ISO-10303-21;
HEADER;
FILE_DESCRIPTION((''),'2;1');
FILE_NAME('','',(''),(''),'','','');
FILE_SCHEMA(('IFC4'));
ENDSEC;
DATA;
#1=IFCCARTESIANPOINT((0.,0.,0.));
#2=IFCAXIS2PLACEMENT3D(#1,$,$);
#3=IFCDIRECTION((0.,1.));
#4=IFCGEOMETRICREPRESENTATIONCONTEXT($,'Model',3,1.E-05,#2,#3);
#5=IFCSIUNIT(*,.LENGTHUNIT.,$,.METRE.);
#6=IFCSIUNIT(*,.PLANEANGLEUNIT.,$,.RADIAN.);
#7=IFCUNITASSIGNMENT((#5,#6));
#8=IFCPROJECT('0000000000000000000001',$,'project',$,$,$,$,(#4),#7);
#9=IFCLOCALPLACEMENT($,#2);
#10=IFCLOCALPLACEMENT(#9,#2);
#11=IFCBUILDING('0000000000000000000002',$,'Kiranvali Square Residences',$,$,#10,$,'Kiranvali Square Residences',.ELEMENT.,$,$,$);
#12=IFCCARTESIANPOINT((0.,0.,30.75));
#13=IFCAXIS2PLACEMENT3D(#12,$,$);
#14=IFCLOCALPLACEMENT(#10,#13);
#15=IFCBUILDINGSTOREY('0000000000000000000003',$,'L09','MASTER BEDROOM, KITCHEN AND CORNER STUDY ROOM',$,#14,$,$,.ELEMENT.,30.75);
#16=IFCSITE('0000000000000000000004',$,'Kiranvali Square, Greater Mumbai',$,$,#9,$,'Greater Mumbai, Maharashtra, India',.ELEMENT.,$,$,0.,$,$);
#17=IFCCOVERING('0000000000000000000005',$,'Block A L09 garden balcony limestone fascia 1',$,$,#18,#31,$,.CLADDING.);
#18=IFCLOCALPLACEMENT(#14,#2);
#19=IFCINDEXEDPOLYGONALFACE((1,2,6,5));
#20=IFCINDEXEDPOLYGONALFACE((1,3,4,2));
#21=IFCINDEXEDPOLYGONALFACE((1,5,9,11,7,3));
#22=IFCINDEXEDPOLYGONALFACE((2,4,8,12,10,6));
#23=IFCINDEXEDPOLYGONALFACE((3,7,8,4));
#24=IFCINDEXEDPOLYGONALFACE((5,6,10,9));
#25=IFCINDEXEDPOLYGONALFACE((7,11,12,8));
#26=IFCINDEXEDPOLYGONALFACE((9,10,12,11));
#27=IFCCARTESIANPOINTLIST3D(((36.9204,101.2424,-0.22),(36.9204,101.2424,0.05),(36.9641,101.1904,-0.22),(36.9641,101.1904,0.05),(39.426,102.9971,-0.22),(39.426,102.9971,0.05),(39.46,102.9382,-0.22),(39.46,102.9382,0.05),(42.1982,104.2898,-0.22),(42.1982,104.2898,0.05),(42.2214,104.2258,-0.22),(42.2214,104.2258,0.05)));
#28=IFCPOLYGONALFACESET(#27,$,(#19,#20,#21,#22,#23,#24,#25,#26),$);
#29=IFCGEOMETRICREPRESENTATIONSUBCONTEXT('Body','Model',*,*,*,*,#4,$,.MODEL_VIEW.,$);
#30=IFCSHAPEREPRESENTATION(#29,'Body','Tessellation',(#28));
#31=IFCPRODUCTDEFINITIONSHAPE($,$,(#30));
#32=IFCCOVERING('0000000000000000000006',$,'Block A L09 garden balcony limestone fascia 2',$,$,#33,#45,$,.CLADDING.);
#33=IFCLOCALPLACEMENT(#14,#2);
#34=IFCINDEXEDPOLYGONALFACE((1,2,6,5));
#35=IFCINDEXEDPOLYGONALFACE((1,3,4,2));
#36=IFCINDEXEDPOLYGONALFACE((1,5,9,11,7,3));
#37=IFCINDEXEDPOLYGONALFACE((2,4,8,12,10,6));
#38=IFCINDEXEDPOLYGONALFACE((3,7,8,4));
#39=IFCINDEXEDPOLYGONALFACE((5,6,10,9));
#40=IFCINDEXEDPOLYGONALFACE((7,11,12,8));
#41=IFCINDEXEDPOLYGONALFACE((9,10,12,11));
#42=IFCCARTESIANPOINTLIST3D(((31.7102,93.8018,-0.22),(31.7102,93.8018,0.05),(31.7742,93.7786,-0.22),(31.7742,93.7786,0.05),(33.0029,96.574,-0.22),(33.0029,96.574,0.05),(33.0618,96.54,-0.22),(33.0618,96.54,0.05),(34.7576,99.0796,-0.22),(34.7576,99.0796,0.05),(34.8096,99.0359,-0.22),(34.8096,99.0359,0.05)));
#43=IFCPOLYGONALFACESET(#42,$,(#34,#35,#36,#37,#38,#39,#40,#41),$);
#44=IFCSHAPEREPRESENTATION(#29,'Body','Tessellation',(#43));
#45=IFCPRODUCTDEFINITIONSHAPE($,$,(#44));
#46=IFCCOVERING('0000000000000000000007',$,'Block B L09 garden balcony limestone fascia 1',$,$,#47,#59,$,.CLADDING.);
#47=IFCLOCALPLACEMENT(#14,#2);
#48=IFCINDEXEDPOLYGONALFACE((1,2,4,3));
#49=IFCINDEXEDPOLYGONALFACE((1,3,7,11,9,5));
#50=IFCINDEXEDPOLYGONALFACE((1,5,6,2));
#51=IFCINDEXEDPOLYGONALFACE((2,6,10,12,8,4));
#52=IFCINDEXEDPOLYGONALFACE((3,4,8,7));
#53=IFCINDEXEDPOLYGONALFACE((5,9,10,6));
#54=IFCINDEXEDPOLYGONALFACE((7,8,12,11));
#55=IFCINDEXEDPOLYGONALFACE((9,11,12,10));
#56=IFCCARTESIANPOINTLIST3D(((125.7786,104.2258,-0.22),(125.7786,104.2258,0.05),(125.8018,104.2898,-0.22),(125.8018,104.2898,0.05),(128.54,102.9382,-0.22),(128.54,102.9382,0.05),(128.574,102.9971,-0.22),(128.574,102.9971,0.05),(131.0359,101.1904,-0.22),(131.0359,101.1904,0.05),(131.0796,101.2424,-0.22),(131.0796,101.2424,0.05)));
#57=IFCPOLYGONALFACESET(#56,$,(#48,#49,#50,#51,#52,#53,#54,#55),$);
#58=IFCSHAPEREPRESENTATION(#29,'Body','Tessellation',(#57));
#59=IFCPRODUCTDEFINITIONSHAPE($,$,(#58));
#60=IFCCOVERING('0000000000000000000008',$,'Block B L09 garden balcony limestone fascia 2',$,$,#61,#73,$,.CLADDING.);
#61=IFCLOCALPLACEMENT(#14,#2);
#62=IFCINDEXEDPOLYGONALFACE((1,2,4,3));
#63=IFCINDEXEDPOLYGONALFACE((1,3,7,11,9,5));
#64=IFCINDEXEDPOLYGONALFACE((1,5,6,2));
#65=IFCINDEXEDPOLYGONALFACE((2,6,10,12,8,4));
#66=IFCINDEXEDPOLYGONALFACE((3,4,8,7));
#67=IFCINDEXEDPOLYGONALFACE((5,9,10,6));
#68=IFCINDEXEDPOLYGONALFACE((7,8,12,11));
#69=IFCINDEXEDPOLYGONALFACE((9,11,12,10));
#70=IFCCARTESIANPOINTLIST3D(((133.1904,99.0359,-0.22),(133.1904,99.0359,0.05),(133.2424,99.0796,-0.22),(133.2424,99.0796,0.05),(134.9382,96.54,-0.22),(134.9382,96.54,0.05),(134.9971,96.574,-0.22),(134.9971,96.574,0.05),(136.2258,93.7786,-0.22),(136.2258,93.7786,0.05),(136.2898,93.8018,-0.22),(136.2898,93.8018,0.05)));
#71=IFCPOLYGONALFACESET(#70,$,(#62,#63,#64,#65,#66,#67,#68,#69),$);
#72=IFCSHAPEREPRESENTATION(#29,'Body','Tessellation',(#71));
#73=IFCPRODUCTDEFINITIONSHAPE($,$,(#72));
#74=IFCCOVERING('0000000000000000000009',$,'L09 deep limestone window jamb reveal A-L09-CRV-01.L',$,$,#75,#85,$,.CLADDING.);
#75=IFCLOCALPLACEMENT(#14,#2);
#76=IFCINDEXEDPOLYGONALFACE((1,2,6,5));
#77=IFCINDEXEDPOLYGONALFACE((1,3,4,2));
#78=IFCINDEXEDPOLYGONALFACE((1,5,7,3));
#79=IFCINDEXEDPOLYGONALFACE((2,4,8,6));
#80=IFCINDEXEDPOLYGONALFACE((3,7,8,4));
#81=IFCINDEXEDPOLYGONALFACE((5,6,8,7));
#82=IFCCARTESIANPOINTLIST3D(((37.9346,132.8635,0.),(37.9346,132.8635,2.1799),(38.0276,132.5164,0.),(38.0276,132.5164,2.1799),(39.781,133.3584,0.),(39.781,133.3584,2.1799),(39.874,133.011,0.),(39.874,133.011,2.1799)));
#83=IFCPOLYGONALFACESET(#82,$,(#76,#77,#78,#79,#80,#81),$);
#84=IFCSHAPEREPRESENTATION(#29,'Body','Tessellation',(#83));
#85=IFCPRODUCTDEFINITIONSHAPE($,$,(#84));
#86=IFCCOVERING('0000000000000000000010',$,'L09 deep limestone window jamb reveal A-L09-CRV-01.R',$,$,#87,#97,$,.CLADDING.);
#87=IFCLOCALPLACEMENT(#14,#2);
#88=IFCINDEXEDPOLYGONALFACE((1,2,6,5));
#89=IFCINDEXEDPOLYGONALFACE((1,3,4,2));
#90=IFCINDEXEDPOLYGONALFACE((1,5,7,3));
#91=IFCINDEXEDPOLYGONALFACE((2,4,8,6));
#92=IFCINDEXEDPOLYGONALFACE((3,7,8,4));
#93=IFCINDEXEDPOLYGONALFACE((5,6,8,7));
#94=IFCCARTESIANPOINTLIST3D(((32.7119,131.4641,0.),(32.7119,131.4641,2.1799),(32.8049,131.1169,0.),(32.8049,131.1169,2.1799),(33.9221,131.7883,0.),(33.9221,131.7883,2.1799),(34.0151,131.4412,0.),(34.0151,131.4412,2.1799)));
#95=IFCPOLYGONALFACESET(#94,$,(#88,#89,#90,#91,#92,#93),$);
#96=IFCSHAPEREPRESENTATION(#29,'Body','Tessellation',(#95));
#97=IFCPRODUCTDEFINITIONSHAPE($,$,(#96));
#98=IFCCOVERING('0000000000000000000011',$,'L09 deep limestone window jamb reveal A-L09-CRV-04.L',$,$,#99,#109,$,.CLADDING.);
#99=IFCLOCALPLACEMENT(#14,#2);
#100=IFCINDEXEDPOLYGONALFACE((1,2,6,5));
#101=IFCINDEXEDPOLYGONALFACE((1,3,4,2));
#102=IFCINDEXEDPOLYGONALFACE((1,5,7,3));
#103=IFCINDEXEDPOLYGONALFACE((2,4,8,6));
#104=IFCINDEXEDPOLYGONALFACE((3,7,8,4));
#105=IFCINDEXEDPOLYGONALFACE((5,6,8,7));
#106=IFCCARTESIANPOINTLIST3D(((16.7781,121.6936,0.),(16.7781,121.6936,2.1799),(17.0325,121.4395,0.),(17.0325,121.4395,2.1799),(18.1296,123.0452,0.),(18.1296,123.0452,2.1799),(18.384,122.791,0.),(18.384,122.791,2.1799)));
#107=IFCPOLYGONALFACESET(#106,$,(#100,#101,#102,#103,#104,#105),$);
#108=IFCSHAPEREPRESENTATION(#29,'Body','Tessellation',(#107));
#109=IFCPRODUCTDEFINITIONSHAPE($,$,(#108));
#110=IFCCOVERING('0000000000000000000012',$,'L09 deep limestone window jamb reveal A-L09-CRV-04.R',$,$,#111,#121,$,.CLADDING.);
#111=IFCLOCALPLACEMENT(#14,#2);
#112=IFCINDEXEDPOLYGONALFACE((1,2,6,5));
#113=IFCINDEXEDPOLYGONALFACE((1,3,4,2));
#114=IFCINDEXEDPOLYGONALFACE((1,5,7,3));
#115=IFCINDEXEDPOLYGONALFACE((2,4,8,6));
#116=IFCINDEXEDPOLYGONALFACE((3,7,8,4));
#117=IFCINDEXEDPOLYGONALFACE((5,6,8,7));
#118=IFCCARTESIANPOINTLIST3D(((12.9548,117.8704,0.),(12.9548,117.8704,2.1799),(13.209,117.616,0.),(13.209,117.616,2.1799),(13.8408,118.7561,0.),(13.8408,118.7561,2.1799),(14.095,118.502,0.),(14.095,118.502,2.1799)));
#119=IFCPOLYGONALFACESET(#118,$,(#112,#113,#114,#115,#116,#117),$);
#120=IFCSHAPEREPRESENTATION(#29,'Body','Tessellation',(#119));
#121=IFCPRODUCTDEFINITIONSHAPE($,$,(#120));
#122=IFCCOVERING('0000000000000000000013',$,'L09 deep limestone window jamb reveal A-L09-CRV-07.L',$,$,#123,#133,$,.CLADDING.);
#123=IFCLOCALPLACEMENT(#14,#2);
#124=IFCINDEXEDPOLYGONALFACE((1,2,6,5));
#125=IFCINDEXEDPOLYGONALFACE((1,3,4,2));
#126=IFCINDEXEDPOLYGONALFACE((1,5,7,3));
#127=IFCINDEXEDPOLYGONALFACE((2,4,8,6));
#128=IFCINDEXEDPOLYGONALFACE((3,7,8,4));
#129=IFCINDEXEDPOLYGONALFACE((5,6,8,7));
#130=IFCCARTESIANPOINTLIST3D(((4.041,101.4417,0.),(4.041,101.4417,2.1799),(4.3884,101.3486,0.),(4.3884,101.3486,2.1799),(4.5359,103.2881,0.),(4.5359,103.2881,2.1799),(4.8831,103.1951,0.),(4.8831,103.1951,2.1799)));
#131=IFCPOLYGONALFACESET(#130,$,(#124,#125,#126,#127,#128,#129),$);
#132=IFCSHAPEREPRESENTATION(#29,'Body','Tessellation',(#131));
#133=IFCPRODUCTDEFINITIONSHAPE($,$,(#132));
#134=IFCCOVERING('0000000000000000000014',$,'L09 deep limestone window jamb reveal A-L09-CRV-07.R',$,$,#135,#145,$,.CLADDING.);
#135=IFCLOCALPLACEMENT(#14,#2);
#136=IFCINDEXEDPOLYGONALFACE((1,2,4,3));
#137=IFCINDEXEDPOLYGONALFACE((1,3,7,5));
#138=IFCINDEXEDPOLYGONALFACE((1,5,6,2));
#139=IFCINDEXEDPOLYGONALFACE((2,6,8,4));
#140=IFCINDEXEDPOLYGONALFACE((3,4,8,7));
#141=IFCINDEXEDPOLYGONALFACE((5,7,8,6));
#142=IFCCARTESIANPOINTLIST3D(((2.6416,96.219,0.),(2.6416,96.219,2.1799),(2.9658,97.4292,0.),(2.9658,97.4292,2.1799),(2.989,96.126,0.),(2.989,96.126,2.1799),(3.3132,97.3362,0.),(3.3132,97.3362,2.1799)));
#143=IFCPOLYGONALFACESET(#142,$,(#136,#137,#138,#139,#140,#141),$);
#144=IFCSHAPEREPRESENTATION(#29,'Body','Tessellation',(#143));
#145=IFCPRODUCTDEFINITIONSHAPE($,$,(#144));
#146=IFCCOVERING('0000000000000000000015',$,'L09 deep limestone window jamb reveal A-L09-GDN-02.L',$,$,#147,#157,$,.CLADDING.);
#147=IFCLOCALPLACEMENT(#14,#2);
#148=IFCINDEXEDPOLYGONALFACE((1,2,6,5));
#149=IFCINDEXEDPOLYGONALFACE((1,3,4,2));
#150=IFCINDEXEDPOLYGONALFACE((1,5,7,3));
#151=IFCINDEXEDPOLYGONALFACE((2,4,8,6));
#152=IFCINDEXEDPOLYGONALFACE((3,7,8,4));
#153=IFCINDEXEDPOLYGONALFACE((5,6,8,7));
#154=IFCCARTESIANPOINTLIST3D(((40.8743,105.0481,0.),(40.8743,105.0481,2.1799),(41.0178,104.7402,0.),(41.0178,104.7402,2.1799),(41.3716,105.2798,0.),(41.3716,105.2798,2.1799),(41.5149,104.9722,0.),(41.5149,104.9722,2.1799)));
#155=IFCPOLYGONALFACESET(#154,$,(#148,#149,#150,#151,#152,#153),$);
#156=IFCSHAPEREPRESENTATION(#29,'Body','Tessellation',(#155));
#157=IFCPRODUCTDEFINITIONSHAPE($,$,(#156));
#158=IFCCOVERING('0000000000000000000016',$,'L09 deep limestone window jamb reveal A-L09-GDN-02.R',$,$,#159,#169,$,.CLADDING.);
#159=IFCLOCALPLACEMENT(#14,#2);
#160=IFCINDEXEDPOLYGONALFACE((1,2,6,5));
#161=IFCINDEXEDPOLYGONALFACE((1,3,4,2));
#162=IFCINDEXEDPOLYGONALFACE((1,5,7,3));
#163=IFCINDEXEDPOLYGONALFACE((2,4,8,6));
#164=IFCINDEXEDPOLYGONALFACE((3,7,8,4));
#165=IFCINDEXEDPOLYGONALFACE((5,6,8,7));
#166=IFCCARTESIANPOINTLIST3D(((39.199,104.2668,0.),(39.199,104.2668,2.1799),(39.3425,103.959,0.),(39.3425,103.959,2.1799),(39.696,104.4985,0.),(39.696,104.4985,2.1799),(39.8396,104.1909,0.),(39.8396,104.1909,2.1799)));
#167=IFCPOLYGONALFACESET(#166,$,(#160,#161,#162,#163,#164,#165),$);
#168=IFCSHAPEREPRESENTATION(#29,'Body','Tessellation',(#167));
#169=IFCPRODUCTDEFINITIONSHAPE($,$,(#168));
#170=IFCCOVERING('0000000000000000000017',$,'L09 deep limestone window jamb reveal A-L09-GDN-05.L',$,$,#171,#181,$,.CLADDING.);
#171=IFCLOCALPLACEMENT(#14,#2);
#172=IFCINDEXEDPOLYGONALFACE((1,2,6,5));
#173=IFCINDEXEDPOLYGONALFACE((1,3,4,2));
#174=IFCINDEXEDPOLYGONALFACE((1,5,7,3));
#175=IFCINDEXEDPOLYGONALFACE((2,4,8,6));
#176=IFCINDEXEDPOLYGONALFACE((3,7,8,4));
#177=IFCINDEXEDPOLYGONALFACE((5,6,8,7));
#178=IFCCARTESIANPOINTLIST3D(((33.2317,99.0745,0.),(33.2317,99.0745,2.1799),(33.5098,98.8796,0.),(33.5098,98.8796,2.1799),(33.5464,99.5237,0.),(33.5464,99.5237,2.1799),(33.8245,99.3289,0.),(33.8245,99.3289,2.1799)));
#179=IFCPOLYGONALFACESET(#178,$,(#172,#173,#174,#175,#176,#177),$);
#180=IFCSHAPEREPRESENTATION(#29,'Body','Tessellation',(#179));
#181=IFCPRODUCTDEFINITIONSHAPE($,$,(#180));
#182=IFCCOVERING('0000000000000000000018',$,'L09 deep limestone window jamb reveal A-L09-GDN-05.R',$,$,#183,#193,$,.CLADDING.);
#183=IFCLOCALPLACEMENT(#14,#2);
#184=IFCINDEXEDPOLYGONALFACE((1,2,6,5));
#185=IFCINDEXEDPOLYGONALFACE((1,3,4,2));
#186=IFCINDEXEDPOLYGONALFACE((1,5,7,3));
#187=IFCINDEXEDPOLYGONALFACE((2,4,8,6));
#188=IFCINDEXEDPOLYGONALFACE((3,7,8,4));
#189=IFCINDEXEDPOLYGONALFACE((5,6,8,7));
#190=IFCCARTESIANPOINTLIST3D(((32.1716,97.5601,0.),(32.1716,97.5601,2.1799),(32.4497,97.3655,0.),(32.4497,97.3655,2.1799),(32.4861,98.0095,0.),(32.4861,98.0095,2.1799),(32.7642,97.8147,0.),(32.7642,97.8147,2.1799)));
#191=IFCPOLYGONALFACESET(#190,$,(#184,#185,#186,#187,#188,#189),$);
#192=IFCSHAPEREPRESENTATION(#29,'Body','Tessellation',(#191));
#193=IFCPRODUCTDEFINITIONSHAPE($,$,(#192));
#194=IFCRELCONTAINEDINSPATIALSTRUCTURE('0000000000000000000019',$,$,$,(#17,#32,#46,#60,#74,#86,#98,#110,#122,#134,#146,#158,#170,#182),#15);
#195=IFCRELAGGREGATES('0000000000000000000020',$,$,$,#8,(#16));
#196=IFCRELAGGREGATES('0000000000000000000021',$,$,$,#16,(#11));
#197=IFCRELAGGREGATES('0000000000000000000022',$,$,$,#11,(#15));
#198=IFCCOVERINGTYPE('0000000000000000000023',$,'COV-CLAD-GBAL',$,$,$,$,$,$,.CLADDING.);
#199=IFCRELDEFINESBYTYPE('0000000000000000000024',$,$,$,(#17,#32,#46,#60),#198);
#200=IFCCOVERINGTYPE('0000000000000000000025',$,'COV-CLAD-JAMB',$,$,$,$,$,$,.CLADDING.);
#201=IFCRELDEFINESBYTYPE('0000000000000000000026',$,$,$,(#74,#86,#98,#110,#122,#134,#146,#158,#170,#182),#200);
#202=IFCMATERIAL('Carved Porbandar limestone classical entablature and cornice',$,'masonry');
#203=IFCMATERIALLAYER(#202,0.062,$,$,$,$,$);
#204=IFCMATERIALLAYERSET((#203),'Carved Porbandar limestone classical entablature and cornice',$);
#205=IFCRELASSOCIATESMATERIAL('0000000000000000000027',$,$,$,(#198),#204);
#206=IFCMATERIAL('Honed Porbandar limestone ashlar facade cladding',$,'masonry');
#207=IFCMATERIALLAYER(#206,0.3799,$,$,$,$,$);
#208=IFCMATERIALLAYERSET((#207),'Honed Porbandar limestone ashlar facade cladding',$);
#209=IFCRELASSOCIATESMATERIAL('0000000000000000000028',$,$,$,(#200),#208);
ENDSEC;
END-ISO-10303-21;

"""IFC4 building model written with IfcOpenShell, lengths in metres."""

from ifc_helpers import new_model, si_unit, direction, frame, origin, place, context, subcontext, project, spatial, polyline, outline, extrude, material, layer, layer_set, type_object, element, save


model = new_model("IFC4")

# Units and contexts
model_context = context("Model", 3, precision=1e-05, world=origin(), true_north=direction((0.0, 1.0)))
body_context = subcontext(model_context, "Body", "Model", "MODEL_VIEW")
ifc_project = project(units=[si_unit("LENGTHUNIT", "METRE"), si_unit("PLANEANGLEUNIT", "RADIAN")], contexts=[model_context])

# Site, building, storey
site_placement = place(None, origin())
site = spatial("IfcSite", under=ifc_project, at=site_placement, Name="Kiranvali Square, Greater Mumbai", LongName="Greater Mumbai, Maharashtra, India", CompositionType="ELEMENT", RefElevation=0.0)
building_placement = place(site_placement, origin())
building = spatial("IfcBuilding", under=site, at=building_placement, Name="Kiranvali Square Residences", LongName="Kiranvali Square Residences", CompositionType="ELEMENT")
storey_placement = place(building_placement, frame((0.0, 0.0, 30.75)))
storey = spatial("IfcBuildingStorey", under=building, at=storey_placement, Name="L09", Description="MASTER BEDROOM, KITCHEN AND CORNER STUDY ROOM", CompositionType="ELEMENT", Elevation=30.75)

# Coverings
ifc_material_1 = material(Name="Carved Porbandar limestone classical entablature and cornice", Category="masonry")
ifc_layer_1 = layer(ifc_material_1, 0.062)
ifc_layer_set_1 = layer_set([ifc_layer_1], Name="Carved Porbandar limestone classical entablature and cornice")
covering_type_1 = type_object("IfcCoveringType", Name="COV-CLAD-GBAL", PredefinedType="CLADDING", material=ifc_layer_set_1)
covering_1_placement = place(storey_placement, frame((0.0, 0.0, -0.22)))
element("IfcCovering", 1, at=covering_1_placement, inside=storey, type_object=covering_type_1, Name="Block A L09 garden balcony limestone fascia 1", PredefinedType="CLADDING", context=body_context, shape_type="SweptSolid", body=[
    extrude(outline(polyline([(42.1982, 104.2898), (39.426, 102.9971), (36.9204, 101.2424), (36.9641, 101.1904), (39.46, 102.9382), (42.2214, 104.2258), (42.1982, 104.2898)])), origin(), (0.0, 0.0, 1.0), 0.27),
])
covering_2_placement = place(storey_placement, frame((0.0, 0.0, -0.22)))
element("IfcCovering", 2, at=covering_2_placement, inside=storey, type_object=covering_type_1, Name="Block A L09 garden balcony limestone fascia 2", PredefinedType="CLADDING", context=body_context, shape_type="SweptSolid", body=[
    extrude(outline(polyline([(34.7576, 99.0796), (33.0029, 96.574), (31.7102, 93.8018), (31.7742, 93.7786), (33.0618, 96.54), (34.8096, 99.0359), (34.7576, 99.0796)])), origin(), (0.0, 0.0, 1.0), 0.27),
])
covering_3_placement = place(storey_placement, frame((0.0, 0.0, -0.22)))
element("IfcCovering", 3, at=covering_3_placement, inside=storey, type_object=covering_type_1, Name="Block B L09 garden balcony limestone fascia 1", PredefinedType="CLADDING", context=body_context, shape_type="SweptSolid", body=[
    extrude(outline(polyline([(125.7786, 104.2258), (128.54, 102.9382), (131.0359, 101.1904), (131.0796, 101.2424), (128.574, 102.9971), (125.8018, 104.2898), (125.7786, 104.2258)])), origin(), (0.0, 0.0, 1.0), 0.27),
])
covering_4_placement = place(storey_placement, frame((0.0, 0.0, -0.22)))
element("IfcCovering", 4, at=covering_4_placement, inside=storey, type_object=covering_type_1, Name="Block B L09 garden balcony limestone fascia 2", PredefinedType="CLADDING", context=body_context, shape_type="SweptSolid", body=[
    extrude(outline(polyline([(133.1904, 99.0359), (134.9382, 96.54), (136.2258, 93.7786), (136.2898, 93.8018), (134.9971, 96.574), (133.2424, 99.0796), (133.1904, 99.0359)])), origin(), (0.0, 0.0, 1.0), 0.27),
])
ifc_material_2 = material(Name="Honed Porbandar limestone ashlar facade cladding", Category="masonry")
ifc_layer_2 = layer(ifc_material_2, 0.3799)
ifc_layer_set_2 = layer_set([ifc_layer_2], Name="Honed Porbandar limestone ashlar facade cladding")
covering_type_2 = type_object("IfcCoveringType", Name="COV-CLAD-JAMB", PredefinedType="CLADDING", material=ifc_layer_set_2)
covering_5_placement = place(storey_placement, origin())
element("IfcCovering", 5, at=covering_5_placement, inside=storey, type_object=covering_type_2, Name="L09 deep limestone window jamb reveal A-L09-CRV-01.L", PredefinedType="CLADDING", context=body_context, shape_type="SweptSolid", body=[
    extrude(outline(polyline([(39.781, 133.3584), (37.9346, 132.8635), (38.0276, 132.5164), (39.874, 133.011), (39.781, 133.3584)])), origin(), (0.0, 0.0, 1.0), 2.1799),
])
covering_6_placement = place(storey_placement, origin())
element("IfcCovering", 6, at=covering_6_placement, inside=storey, type_object=covering_type_2, Name="L09 deep limestone window jamb reveal A-L09-CRV-01.R", PredefinedType="CLADDING", context=body_context, shape_type="SweptSolid", body=[
    extrude(outline(polyline([(33.9221, 131.7883), (32.7119, 131.4641), (32.8049, 131.1169), (34.0151, 131.4412), (33.9221, 131.7883)])), origin(), (0.0, 0.0, 1.0), 2.1799),
])
covering_7_placement = place(storey_placement, origin())
element("IfcCovering", 7, at=covering_7_placement, inside=storey, type_object=covering_type_2, Name="L09 deep limestone window jamb reveal A-L09-CRV-04.L", PredefinedType="CLADDING", context=body_context, shape_type="SweptSolid", body=[
    extrude(outline(polyline([(18.1296, 123.0452), (16.7781, 121.6936), (17.0325, 121.4395), (18.384, 122.791), (18.1296, 123.0452)])), origin(), (0.0, 0.0, 1.0), 2.1799),
])
covering_8_placement = place(storey_placement, origin())
element("IfcCovering", 8, at=covering_8_placement, inside=storey, type_object=covering_type_2, Name="L09 deep limestone window jamb reveal A-L09-CRV-04.R", PredefinedType="CLADDING", context=body_context, shape_type="SweptSolid", body=[
    extrude(outline(polyline([(13.8408, 118.7561), (12.9548, 117.8704), (13.209, 117.616), (14.095, 118.502), (13.8408, 118.7561)])), origin(), (0.0, 0.0, 1.0), 2.1799),
])
covering_9_placement = place(storey_placement, origin())
element("IfcCovering", 9, at=covering_9_placement, inside=storey, type_object=covering_type_2, Name="L09 deep limestone window jamb reveal A-L09-CRV-07.L", PredefinedType="CLADDING", context=body_context, shape_type="SweptSolid", body=[
    extrude(outline(polyline([(4.5359, 103.2881), (4.041, 101.4417), (4.3884, 101.3486), (4.8831, 103.1951), (4.5359, 103.2881)])), origin(), (0.0, 0.0, 1.0), 2.1799),
])
covering_10_placement = place(storey_placement, origin())
element("IfcCovering", 10, at=covering_10_placement, inside=storey, type_object=covering_type_2, Name="L09 deep limestone window jamb reveal A-L09-CRV-07.R", PredefinedType="CLADDING", context=body_context, shape_type="SweptSolid", body=[
    extrude(outline(polyline([(2.9658, 97.4292), (2.6416, 96.219), (2.989, 96.126), (3.3132, 97.3362), (2.9658, 97.4292)])), origin(), (0.0, 0.0, 1.0), 2.1799),
])
covering_11_placement = place(storey_placement, origin())
element("IfcCovering", 11, at=covering_11_placement, inside=storey, type_object=covering_type_2, Name="L09 deep limestone window jamb reveal A-L09-GDN-02.L", PredefinedType="CLADDING", context=body_context, shape_type="SweptSolid", body=[
    extrude(outline(polyline([(41.3716, 105.2798), (40.8743, 105.0481), (41.0178, 104.7402), (41.5149, 104.9722), (41.3716, 105.2798)])), origin(), (0.0, 0.0, 1.0), 2.1799),
])
covering_12_placement = place(storey_placement, origin())
element("IfcCovering", 12, at=covering_12_placement, inside=storey, type_object=covering_type_2, Name="L09 deep limestone window jamb reveal A-L09-GDN-02.R", PredefinedType="CLADDING", context=body_context, shape_type="SweptSolid", body=[
    extrude(outline(polyline([(39.696, 104.4985), (39.199, 104.2668), (39.3425, 103.959), (39.8396, 104.1909), (39.696, 104.4985)])), origin(), (0.0, 0.0, 1.0), 2.1799),
])
covering_13_placement = place(storey_placement, origin())
element("IfcCovering", 13, at=covering_13_placement, inside=storey, type_object=covering_type_2, Name="L09 deep limestone window jamb reveal A-L09-GDN-05.L", PredefinedType="CLADDING", context=body_context, shape_type="SweptSolid", body=[
    extrude(outline(polyline([(33.5464, 99.5237), (33.2317, 99.0745), (33.5098, 98.8796), (33.8245, 99.3289), (33.5464, 99.5237)])), origin(), (0.0, 0.0, 1.0), 2.1799),
])
covering_14_placement = place(storey_placement, origin())
element("IfcCovering", 14, at=covering_14_placement, inside=storey, type_object=covering_type_2, Name="L09 deep limestone window jamb reveal A-L09-GDN-05.R", PredefinedType="CLADDING", context=body_context, shape_type="SweptSolid", body=[
    extrude(outline(polyline([(32.4861, 98.0095), (32.1716, 97.5601), (32.4497, 97.3655), (32.7642, 97.8147), (32.4861, 98.0095)])), origin(), (0.0, 0.0, 1.0), 2.1799),
])

save(model, "model.ifc")
